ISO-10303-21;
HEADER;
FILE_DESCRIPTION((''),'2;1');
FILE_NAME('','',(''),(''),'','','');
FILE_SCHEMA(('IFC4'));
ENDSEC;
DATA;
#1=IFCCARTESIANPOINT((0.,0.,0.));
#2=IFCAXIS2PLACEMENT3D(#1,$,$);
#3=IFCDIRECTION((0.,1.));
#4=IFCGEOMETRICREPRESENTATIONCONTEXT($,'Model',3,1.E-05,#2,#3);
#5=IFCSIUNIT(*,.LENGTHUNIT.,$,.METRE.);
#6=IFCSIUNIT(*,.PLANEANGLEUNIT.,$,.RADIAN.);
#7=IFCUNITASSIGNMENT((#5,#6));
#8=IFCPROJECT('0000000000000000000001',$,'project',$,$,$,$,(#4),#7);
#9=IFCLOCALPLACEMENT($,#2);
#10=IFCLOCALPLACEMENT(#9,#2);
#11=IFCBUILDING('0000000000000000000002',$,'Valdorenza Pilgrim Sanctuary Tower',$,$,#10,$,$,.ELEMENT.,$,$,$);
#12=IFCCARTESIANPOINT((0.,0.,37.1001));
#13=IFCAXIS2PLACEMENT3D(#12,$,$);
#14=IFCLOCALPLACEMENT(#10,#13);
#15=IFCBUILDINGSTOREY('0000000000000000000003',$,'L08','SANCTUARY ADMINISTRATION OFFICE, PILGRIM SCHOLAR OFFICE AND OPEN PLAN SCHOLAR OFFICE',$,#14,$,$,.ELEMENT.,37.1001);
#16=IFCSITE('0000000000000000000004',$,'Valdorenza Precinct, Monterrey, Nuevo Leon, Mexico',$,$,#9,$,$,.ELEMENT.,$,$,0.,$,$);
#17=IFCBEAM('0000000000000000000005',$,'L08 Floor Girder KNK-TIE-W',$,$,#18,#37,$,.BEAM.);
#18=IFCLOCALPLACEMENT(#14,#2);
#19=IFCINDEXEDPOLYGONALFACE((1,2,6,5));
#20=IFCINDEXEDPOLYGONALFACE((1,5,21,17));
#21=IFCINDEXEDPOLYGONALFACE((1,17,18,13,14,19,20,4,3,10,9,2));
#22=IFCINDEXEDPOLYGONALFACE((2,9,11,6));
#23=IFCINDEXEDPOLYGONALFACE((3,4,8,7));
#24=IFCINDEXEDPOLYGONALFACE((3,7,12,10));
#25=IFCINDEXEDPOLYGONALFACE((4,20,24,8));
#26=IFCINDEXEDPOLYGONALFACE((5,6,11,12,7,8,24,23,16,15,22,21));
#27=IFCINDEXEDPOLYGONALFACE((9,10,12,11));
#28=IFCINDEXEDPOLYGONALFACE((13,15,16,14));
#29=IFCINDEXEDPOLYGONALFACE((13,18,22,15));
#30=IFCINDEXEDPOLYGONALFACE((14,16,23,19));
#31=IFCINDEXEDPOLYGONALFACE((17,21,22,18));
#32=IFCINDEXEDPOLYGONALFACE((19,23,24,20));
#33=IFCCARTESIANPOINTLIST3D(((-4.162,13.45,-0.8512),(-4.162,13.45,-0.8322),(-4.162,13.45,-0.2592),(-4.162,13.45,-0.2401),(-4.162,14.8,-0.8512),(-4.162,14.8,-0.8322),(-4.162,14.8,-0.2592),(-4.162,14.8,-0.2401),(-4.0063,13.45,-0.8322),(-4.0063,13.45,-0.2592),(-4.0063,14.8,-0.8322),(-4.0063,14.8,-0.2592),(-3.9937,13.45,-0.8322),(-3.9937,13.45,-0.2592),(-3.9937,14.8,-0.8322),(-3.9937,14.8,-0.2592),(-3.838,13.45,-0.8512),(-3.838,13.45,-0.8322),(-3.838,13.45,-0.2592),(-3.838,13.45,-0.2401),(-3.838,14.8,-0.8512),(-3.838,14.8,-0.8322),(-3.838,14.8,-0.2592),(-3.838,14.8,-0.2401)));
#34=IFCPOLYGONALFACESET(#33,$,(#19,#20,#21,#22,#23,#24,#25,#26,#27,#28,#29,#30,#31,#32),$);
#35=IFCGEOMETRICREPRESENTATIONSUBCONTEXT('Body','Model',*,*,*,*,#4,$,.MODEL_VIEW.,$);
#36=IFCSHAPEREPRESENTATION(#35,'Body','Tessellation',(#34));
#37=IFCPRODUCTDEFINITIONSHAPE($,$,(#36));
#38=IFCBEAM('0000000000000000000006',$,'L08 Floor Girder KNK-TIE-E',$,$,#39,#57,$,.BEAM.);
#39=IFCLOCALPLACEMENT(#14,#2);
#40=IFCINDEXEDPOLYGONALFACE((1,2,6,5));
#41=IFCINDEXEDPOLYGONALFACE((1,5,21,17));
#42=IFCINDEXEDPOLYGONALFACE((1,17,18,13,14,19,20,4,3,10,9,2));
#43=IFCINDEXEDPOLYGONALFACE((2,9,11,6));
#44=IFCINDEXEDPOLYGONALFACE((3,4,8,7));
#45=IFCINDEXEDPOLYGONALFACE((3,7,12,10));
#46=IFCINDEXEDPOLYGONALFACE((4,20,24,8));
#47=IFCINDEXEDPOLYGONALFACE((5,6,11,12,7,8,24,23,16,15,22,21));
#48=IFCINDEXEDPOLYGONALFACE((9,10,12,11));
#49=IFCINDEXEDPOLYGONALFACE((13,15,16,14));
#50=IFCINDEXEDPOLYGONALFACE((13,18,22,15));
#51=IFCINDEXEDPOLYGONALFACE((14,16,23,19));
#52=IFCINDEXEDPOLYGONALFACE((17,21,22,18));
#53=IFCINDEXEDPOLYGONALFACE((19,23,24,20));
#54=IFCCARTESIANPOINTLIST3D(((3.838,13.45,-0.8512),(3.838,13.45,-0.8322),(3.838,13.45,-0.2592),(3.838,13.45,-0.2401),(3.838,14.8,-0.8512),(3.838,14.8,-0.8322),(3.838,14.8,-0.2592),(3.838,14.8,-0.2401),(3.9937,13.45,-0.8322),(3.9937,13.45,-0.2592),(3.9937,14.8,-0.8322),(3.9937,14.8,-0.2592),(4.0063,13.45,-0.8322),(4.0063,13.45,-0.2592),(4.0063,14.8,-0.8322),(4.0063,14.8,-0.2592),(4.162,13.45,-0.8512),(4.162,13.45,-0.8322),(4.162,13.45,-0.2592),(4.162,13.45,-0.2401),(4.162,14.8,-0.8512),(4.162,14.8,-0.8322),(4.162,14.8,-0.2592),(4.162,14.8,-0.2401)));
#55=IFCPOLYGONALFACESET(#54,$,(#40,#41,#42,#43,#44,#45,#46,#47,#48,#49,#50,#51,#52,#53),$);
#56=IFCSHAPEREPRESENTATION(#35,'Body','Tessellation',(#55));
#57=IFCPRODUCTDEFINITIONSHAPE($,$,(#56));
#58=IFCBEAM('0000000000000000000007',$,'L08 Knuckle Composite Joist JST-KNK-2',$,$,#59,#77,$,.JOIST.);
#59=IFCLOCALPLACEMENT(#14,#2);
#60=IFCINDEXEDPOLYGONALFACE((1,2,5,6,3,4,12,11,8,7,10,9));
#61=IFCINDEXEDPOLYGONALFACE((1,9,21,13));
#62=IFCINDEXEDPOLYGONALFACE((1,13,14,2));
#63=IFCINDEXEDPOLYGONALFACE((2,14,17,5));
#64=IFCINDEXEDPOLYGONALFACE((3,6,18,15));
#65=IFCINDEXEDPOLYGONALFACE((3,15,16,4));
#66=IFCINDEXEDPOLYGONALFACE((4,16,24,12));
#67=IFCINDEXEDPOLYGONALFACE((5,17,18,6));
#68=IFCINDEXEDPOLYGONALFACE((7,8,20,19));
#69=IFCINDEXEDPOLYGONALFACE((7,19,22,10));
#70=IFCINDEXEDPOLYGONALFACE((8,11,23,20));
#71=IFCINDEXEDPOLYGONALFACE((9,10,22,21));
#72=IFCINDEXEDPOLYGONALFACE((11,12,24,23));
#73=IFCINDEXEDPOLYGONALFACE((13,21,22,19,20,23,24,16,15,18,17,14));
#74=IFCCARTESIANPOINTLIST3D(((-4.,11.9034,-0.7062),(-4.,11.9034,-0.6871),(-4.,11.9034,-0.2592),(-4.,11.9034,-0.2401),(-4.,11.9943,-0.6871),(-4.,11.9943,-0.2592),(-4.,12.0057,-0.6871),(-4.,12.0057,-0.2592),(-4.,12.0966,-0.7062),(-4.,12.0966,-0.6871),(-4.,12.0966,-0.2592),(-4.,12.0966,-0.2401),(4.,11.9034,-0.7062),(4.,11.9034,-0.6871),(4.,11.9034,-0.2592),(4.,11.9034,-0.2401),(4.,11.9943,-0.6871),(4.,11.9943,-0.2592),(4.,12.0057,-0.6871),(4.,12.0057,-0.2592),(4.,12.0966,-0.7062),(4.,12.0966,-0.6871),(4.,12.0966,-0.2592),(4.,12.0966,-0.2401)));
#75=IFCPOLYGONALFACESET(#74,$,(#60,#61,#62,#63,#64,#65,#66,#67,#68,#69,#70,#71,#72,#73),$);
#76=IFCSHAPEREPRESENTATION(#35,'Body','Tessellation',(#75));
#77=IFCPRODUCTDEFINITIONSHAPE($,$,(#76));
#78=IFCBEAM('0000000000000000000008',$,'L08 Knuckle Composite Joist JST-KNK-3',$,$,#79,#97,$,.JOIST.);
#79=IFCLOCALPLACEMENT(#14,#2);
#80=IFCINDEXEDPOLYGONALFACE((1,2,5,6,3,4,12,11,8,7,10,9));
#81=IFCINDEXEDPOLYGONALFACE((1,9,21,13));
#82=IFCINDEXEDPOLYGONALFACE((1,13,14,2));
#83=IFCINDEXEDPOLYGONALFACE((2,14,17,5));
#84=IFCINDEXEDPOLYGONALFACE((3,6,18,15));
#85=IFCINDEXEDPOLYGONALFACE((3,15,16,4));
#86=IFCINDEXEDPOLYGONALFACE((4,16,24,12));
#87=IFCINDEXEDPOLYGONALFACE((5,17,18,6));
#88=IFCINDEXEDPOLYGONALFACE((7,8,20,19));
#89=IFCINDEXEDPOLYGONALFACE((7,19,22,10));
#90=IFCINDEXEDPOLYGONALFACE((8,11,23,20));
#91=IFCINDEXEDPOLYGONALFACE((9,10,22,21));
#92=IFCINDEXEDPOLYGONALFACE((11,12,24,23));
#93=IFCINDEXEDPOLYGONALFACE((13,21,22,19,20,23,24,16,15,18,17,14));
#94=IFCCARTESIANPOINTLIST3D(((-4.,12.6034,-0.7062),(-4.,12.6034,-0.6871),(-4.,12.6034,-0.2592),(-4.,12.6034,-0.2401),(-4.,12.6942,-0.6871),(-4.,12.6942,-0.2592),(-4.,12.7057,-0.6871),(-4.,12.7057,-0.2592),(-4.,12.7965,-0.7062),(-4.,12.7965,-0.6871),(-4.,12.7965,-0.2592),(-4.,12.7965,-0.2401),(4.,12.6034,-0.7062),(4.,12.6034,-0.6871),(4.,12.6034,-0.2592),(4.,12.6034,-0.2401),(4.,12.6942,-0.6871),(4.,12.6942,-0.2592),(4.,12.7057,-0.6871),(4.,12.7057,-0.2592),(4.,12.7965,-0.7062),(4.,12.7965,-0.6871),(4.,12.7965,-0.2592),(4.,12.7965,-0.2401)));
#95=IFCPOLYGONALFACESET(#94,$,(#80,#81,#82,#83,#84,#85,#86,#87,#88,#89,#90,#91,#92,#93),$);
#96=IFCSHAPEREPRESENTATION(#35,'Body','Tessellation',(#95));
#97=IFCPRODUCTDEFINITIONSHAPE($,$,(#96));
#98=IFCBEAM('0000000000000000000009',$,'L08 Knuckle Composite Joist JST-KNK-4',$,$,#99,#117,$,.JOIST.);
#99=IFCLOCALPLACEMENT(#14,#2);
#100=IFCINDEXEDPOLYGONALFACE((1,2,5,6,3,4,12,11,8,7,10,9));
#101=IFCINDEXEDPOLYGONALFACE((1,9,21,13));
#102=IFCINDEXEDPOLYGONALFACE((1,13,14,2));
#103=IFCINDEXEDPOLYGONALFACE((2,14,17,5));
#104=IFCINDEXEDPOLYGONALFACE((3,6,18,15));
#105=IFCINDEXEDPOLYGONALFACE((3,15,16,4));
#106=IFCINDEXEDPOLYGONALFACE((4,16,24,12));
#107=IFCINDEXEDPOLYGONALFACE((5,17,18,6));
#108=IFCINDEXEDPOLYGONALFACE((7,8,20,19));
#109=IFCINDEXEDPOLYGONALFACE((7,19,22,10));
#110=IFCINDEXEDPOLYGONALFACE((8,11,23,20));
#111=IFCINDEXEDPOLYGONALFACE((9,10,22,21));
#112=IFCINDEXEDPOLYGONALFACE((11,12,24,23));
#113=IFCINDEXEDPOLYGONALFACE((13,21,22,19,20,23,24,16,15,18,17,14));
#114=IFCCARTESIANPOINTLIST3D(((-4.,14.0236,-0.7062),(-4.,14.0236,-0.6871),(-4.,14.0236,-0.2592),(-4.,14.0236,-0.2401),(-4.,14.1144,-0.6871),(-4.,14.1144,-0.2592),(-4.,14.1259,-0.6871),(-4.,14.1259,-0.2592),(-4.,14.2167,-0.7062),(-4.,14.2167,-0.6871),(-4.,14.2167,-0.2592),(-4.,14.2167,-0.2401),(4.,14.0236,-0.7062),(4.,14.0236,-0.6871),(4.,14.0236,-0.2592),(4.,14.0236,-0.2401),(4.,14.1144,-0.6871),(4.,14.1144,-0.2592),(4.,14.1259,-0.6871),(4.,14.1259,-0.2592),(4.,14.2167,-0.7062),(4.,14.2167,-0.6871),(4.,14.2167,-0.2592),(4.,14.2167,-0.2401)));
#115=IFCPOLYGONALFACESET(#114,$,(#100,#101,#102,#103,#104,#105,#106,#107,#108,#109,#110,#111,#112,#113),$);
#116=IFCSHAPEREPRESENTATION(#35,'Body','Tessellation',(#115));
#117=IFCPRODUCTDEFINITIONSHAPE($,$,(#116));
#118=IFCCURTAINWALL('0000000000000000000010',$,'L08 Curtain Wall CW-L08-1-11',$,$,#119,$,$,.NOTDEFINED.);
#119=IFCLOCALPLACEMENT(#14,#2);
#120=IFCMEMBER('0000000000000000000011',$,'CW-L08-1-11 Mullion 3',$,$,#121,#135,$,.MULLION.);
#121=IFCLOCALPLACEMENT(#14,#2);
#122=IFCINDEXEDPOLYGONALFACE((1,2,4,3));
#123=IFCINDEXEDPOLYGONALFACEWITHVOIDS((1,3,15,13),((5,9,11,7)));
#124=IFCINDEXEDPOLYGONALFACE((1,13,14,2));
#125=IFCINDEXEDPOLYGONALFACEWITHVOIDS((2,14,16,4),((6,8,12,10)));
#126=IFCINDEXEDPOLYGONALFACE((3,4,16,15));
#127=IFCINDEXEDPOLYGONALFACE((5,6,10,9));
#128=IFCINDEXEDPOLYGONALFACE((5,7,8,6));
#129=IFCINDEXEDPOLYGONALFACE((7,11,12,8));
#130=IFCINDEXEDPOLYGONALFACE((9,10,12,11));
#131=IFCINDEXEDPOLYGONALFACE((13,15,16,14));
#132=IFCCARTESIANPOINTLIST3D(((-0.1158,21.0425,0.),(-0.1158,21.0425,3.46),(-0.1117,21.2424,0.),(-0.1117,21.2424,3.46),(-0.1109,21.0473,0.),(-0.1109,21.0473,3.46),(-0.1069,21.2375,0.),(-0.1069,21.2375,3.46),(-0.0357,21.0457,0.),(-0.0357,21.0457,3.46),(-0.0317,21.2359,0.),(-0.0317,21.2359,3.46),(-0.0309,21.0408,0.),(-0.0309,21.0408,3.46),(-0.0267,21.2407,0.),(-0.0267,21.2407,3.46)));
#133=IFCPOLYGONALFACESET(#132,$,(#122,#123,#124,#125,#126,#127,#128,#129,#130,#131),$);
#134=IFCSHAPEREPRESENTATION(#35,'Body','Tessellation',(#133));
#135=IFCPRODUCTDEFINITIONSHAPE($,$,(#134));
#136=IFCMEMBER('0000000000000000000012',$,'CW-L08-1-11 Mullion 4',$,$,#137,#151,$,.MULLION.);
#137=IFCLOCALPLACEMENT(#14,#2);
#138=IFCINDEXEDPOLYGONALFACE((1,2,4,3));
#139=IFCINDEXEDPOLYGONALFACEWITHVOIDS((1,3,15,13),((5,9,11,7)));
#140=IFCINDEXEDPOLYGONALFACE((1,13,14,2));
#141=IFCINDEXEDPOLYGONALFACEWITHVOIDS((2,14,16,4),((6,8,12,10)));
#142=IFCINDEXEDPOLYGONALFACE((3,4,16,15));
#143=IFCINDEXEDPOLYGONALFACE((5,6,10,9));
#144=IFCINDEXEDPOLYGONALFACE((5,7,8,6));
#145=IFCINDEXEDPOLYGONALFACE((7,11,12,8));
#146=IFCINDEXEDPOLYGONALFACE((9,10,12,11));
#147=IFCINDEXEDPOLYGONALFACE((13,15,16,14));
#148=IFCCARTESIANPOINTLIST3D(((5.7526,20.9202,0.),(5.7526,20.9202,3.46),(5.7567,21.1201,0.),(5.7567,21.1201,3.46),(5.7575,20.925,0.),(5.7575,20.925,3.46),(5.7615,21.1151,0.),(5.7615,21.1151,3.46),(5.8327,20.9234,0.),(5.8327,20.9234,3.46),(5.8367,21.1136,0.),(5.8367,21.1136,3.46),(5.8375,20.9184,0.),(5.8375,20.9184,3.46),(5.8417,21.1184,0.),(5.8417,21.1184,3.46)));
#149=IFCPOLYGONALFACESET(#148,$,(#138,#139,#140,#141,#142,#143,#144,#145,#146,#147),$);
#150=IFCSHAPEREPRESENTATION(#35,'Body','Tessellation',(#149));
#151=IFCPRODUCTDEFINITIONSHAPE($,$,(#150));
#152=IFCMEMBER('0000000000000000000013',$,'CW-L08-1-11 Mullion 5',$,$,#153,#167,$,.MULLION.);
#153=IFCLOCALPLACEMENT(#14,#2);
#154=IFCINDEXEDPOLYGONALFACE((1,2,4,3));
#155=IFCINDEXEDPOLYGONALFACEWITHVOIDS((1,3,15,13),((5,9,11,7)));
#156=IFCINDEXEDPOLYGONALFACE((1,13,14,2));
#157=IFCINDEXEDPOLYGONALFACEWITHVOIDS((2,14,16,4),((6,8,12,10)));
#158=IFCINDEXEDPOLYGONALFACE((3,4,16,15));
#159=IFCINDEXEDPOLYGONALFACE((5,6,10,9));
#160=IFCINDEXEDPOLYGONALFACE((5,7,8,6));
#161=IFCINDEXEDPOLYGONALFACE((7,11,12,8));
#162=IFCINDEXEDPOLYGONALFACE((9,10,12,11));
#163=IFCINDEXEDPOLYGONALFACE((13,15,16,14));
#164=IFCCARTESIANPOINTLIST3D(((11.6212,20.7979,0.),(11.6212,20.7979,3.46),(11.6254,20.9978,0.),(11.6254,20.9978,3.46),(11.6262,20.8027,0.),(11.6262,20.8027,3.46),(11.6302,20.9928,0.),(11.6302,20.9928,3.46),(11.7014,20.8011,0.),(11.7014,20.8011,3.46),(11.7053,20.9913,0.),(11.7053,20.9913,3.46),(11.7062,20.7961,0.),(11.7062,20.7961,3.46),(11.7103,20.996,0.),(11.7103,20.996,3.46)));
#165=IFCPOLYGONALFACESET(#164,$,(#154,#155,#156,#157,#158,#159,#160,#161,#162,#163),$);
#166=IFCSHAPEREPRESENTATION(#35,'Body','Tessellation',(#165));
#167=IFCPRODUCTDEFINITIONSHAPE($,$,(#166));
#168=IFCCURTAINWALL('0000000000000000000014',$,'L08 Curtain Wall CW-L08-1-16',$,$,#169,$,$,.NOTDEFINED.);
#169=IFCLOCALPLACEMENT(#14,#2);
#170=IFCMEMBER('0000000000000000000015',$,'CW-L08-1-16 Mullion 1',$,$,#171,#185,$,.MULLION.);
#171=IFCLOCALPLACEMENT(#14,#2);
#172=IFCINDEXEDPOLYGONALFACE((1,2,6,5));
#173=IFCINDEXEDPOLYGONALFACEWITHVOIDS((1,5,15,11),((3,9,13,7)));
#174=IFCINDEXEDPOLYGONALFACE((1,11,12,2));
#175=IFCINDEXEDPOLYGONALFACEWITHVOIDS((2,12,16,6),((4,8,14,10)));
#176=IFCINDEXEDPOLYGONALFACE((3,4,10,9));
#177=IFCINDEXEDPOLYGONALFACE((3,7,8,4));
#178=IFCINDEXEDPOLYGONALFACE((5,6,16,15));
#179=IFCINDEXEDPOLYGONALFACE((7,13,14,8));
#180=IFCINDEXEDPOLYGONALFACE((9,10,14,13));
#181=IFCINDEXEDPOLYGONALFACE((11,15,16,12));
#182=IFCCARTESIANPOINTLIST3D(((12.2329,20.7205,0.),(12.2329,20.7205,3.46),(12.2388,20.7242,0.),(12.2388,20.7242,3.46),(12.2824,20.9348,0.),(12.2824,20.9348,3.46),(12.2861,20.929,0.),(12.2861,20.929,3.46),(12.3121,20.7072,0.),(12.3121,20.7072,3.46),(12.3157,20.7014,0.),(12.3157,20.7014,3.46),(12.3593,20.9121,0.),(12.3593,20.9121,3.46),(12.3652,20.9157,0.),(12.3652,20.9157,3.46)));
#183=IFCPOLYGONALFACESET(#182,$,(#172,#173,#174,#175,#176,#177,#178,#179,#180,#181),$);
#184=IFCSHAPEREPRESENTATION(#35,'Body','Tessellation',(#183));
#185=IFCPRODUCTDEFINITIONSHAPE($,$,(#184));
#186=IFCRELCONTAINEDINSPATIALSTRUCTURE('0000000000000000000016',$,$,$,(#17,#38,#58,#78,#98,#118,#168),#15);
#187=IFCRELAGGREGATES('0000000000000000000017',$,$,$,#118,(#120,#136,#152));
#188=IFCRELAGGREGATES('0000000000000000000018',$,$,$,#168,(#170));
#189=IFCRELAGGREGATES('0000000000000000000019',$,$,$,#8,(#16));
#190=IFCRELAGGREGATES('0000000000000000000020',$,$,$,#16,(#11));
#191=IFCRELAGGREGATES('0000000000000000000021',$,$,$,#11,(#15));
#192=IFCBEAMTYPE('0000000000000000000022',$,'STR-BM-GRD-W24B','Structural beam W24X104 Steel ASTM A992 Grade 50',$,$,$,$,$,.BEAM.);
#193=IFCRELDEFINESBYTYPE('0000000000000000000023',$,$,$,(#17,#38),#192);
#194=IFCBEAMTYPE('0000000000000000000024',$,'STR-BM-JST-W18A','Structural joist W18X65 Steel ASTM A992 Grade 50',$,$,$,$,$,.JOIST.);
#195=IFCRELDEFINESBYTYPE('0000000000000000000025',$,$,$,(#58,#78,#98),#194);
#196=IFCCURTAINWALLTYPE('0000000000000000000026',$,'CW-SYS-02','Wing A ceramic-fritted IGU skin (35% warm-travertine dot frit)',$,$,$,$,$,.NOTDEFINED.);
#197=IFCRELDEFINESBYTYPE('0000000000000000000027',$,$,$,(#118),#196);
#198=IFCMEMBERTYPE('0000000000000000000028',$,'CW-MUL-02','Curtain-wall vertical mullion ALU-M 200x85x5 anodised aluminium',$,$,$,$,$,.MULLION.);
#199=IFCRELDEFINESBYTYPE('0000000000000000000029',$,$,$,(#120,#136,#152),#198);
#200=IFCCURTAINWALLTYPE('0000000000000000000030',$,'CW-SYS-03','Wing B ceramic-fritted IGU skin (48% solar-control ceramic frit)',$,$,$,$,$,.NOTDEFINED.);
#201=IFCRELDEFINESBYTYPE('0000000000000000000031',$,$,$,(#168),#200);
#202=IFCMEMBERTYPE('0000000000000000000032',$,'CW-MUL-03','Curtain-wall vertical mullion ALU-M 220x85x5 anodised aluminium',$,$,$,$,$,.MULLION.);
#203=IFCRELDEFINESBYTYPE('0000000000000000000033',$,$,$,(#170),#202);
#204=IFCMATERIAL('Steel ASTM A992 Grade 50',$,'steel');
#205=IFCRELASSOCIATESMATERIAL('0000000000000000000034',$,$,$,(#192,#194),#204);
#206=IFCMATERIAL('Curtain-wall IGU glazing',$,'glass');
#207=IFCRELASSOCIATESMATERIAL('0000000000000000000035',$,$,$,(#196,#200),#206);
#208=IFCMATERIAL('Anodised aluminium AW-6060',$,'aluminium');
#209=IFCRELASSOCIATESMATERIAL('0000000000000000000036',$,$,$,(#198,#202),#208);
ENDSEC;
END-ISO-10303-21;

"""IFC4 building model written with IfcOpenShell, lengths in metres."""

from ifc_helpers import new_model, si_unit, direction, frame, origin, origin_2d, place, context, subcontext, project, spatial, hollow_rectangle, i_section, extrude, source, transform, mapped, material, material_profile, profile_set, type_object, element, aggregate, save


model = new_model("IFC4")

# Units and contexts
model_context = context("Model", 3, precision=1e-05, world=origin(), true_north=direction((0.0, 1.0)))
body_context = subcontext(model_context, "Body", "Model", "MODEL_VIEW")
ifc_project = project(units=[si_unit("LENGTHUNIT", "METRE"), si_unit("PLANEANGLEUNIT", "RADIAN")], contexts=[model_context])

# Site, building, storey
site_placement = place(None, origin())
site = spatial("IfcSite", under=ifc_project, at=site_placement, Name="Valdorenza Precinct, Monterrey, Nuevo Leon, Mexico", CompositionType="ELEMENT", RefElevation=0.0)
building_placement = place(site_placement, origin())
building = spatial("IfcBuilding", under=site, at=building_placement, Name="Valdorenza Pilgrim Sanctuary Tower", CompositionType="ELEMENT")
storey_placement = place(building_placement, frame((0.0, 0.0, 37.1001)))
storey = spatial("IfcBuildingStorey", under=building, at=storey_placement, Name="L08", Description="SANCTUARY ADMINISTRATION OFFICE, PILGRIM SCHOLAR OFFICE AND OPEN PLAN SCHOLAR OFFICE", CompositionType="ELEMENT", Elevation=37.1001)

# Shared definitions
ifc_material_1 = material(Name="Steel ASTM A992 Grade 50", Category="steel")

# Beams
ifc_material_profile_1 = material_profile(ifc_material_1, i_section(OverallWidth=0.324, OverallDepth=0.6111, WebThickness=0.0127, FlangeThickness=0.019, at=origin_2d()), Name="W24X104")
ifc_profile_set_1 = profile_set([ifc_material_profile_1], Name="Steel ASTM A992 Grade 50")
beam_type_1 = type_object("IfcBeamType", Name="STR-BM-GRD-W24B", Description="Structural beam W24X104 Steel ASTM A992 Grade 50", PredefinedType="BEAM", material=ifc_profile_set_1)
shared_shape_1 = source(origin(), body_context, "Body", "SweptSolid", [
    extrude(i_section(OverallWidth=0.324, OverallDepth=0.6111, WebThickness=0.0127, FlangeThickness=0.019, at=origin_2d()), origin(), (0.0, 0.0, 1.0), 1.3501),
])
for number, where, z_axis, x_axis, name in (
    (1, (-4.0, 13.45, -0.5457), (0.0, 1.0, 0.0), (-1.0, 0.0, 0.0), "L08 Floor Girder KNK-TIE-W"),
    (2, (4.0, 13.45, -0.5457), (0.0, 1.0, 0.0), (-1.0, 0.0, 0.0), "L08 Floor Girder KNK-TIE-E"),
):
    element("IfcBeam", number, at=place(storey_placement, frame(where, z_axis=z_axis, x_axis=x_axis)), inside=storey, type_object=beam_type_1, Name=name, PredefinedType="BEAM", context=body_context, shape_type="MappedRepresentation", body=[
        mapped(shared_shape_1, transform((0.0, 0.0, 0.0), x_axis=(1.0, 0.0, 0.0), y_axis=(0.0, 1.0, 0.0), z_axis=(0.0, 0.0, 1.0), scale=1.0)),
    ])
ifc_material_profile_2 = material_profile(ifc_material_1, i_section(OverallWidth=0.1931, OverallDepth=0.4661, WebThickness=0.0115, FlangeThickness=0.019, at=origin_2d()), Name="W18X65")
ifc_profile_set_2 = profile_set([ifc_material_profile_2], Name="Steel ASTM A992 Grade 50")
beam_type_2 = type_object("IfcBeamType", Name="STR-BM-JST-W18A", Description="Structural joist W18X65 Steel ASTM A992 Grade 50", PredefinedType="JOIST", material=ifc_profile_set_2)
shared_shape_2 = source(origin(), body_context, "Body", "SweptSolid", [
    extrude(i_section(OverallWidth=0.1931, OverallDepth=0.4661, WebThickness=0.0115, FlangeThickness=0.019, at=origin_2d()), origin(), (0.0, 0.0, 1.0), 8.0),
])
for number, where, z_axis, x_axis, name in (
    (3, (-4.0, 12.0, -0.4731), (1.0, 0.0, 0.0), (0.0, 1.0, 0.0), "L08 Knuckle Composite Joist JST-KNK-2"),
    (4, (-4.0, 12.7, -0.4731), (1.0, 0.0, 0.0), (0.0, 1.0, 0.0), "L08 Knuckle Composite Joist JST-KNK-3"),
    (5, (-4.0, 14.1201, -0.4731), (1.0, 0.0, 0.0), (0.0, 1.0, 0.0), "L08 Knuckle Composite Joist JST-KNK-4"),
):
    element("IfcBeam", number, at=place(storey_placement, frame(where, z_axis=z_axis, x_axis=x_axis)), inside=storey, type_object=beam_type_2, Name=name, PredefinedType="JOIST", context=body_context, shape_type="MappedRepresentation", body=[
        mapped(shared_shape_2, transform((0.0, 0.0, 0.0), x_axis=(1.0, 0.0, 0.0), y_axis=(0.0, 1.0, 0.0), z_axis=(0.0, 0.0, 1.0), scale=1.0)),
    ])

# Curtain walls, members
ifc_material_2 = material(Name="Curtain-wall IGU glazing", Category="glass")
curtain_wall_type_1 = type_object("IfcCurtainWallType", Name="CW-SYS-02", Description="Wing A ceramic-fritted IGU skin (35% warm-travertine dot frit)", PredefinedType="NOTDEFINED", material=ifc_material_2)
curtain_wall_1_placement = place(storey_placement, origin())
curtain_wall_1 = element("IfcCurtainWall", 6, at=curtain_wall_1_placement, inside=storey, type_object=curtain_wall_type_1, Name="L08 Curtain Wall CW-L08-1-11", PredefinedType="NOTDEFINED")
ifc_material_3 = material(Name="Anodised aluminium AW-6060", Category="aluminium")
ifc_material_profile_3 = material_profile(ifc_material_3, hollow_rectangle(XDim=0.085, YDim=0.2, WallThickness=0.0049, at=origin_2d()), Name="ALU-M 200x85x5")
ifc_profile_set_3 = profile_set([ifc_material_profile_3], Name="Anodised aluminium AW-6060")
member_type_1 = type_object("IfcMemberType", Name="CW-MUL-02", Description="Curtain-wall vertical mullion ALU-M 200x85x5 anodised aluminium", PredefinedType="MULLION", material=ifc_profile_set_3)
shared_shape_3 = source(origin(), body_context, "Body", "SweptSolid", [
    extrude(hollow_rectangle(XDim=0.085, YDim=0.2, WallThickness=0.0049, at=origin_2d()), origin(), (0.0, 0.0, 1.0), 3.46),
])
member_1_placement = place(storey_placement, frame((-0.0713, 21.1416, 0.0), z_axis=(0.0, 0.0, 1.0), x_axis=(0.999783, -0.02082, 0.0)))
member_1 = element("IfcMember", 7, at=member_1_placement, type_object=member_type_1, Name="CW-L08-1-11 Mullion 3", PredefinedType="MULLION", context=body_context, shape_type="MappedRepresentation", body=[
    mapped(shared_shape_3, transform((0.0, 0.0, 0.0), x_axis=(1.0, 0.0, 0.0), y_axis=(0.0, 1.0, 0.0), z_axis=(0.0, 0.0, 1.0), scale=1.0)),
])
member_2_placement = place(storey_placement, frame((5.7971, 21.0193, 0.0), z_axis=(0.0, 0.0, 1.0), x_axis=(0.999783, -0.02082, 0.0)))
member_2 = element("IfcMember", 8, at=member_2_placement, type_object=member_type_1, Name="CW-L08-1-11 Mullion 4", PredefinedType="MULLION", context=body_context, shape_type="MappedRepresentation", body=[
    mapped(shared_shape_3, transform((0.0, 0.0, 0.0), x_axis=(1.0, 0.0, 0.0), y_axis=(0.0, 1.0, 0.0), z_axis=(0.0, 0.0, 1.0), scale=1.0)),
])
member_3_placement = place(storey_placement, frame((11.6658, 20.897, 0.0), z_axis=(0.0, 0.0, 1.0), x_axis=(0.999783, -0.02082, 0.0)))
member_3 = element("IfcMember", 9, at=member_3_placement, type_object=member_type_1, Name="CW-L08-1-11 Mullion 5", PredefinedType="MULLION", context=body_context, shape_type="MappedRepresentation", body=[
    mapped(shared_shape_3, transform((0.0, 0.0, 0.0), x_axis=(1.0, 0.0, 0.0), y_axis=(0.0, 1.0, 0.0), z_axis=(0.0, 0.0, 1.0), scale=1.0)),
])
curtain_wall_type_2 = type_object("IfcCurtainWallType", Name="CW-SYS-03", Description="Wing B ceramic-fritted IGU skin (48% solar-control ceramic frit)", PredefinedType="NOTDEFINED", material=ifc_material_2)
curtain_wall_2_placement = place(storey_placement, origin())
curtain_wall_2 = element("IfcCurtainWall", 10, at=curtain_wall_2_placement, inside=storey, type_object=curtain_wall_type_2, Name="L08 Curtain Wall CW-L08-1-16", PredefinedType="NOTDEFINED")
ifc_material_profile_4 = material_profile(ifc_material_3, hollow_rectangle(XDim=0.085, YDim=0.22, WallThickness=0.0049, at=origin_2d()), Name="ALU-M 220x85x5")
ifc_profile_set_4 = profile_set([ifc_material_profile_4], Name="Anodised aluminium AW-6060")
member_type_2 = type_object("IfcMemberType", Name="CW-MUL-03", Description="Curtain-wall vertical mullion ALU-M 220x85x5 anodised aluminium", PredefinedType="MULLION", material=ifc_profile_set_4)
shared_shape_4 = source(origin(), body_context, "Body", "SweptSolid", [
    extrude(hollow_rectangle(XDim=0.085, YDim=0.22, WallThickness=0.0049, at=origin_2d()), origin(), (0.0, 0.0, 1.0), 3.46),
])
member_4_placement = place(storey_placement, frame((12.2991, 20.8181, 0.0), z_axis=(0.0, 0.0, 1.0), x_axis=(0.97439, -0.224866, 0.0)))
member_4 = element("IfcMember", 11, at=member_4_placement, type_object=member_type_2, Name="CW-L08-1-16 Mullion 1", PredefinedType="MULLION", context=body_context, shape_type="MappedRepresentation", body=[
    mapped(shared_shape_4, transform((0.0, 0.0, 0.0), x_axis=(1.0, 0.0, 0.0), y_axis=(0.0, 1.0, 0.0), z_axis=(0.0, 0.0, 1.0), scale=1.0)),
])

aggregate(curtain_wall_1, [member_1, member_2, member_3])
aggregate(curtain_wall_2, [member_4])

save(model, "model.ifc")
